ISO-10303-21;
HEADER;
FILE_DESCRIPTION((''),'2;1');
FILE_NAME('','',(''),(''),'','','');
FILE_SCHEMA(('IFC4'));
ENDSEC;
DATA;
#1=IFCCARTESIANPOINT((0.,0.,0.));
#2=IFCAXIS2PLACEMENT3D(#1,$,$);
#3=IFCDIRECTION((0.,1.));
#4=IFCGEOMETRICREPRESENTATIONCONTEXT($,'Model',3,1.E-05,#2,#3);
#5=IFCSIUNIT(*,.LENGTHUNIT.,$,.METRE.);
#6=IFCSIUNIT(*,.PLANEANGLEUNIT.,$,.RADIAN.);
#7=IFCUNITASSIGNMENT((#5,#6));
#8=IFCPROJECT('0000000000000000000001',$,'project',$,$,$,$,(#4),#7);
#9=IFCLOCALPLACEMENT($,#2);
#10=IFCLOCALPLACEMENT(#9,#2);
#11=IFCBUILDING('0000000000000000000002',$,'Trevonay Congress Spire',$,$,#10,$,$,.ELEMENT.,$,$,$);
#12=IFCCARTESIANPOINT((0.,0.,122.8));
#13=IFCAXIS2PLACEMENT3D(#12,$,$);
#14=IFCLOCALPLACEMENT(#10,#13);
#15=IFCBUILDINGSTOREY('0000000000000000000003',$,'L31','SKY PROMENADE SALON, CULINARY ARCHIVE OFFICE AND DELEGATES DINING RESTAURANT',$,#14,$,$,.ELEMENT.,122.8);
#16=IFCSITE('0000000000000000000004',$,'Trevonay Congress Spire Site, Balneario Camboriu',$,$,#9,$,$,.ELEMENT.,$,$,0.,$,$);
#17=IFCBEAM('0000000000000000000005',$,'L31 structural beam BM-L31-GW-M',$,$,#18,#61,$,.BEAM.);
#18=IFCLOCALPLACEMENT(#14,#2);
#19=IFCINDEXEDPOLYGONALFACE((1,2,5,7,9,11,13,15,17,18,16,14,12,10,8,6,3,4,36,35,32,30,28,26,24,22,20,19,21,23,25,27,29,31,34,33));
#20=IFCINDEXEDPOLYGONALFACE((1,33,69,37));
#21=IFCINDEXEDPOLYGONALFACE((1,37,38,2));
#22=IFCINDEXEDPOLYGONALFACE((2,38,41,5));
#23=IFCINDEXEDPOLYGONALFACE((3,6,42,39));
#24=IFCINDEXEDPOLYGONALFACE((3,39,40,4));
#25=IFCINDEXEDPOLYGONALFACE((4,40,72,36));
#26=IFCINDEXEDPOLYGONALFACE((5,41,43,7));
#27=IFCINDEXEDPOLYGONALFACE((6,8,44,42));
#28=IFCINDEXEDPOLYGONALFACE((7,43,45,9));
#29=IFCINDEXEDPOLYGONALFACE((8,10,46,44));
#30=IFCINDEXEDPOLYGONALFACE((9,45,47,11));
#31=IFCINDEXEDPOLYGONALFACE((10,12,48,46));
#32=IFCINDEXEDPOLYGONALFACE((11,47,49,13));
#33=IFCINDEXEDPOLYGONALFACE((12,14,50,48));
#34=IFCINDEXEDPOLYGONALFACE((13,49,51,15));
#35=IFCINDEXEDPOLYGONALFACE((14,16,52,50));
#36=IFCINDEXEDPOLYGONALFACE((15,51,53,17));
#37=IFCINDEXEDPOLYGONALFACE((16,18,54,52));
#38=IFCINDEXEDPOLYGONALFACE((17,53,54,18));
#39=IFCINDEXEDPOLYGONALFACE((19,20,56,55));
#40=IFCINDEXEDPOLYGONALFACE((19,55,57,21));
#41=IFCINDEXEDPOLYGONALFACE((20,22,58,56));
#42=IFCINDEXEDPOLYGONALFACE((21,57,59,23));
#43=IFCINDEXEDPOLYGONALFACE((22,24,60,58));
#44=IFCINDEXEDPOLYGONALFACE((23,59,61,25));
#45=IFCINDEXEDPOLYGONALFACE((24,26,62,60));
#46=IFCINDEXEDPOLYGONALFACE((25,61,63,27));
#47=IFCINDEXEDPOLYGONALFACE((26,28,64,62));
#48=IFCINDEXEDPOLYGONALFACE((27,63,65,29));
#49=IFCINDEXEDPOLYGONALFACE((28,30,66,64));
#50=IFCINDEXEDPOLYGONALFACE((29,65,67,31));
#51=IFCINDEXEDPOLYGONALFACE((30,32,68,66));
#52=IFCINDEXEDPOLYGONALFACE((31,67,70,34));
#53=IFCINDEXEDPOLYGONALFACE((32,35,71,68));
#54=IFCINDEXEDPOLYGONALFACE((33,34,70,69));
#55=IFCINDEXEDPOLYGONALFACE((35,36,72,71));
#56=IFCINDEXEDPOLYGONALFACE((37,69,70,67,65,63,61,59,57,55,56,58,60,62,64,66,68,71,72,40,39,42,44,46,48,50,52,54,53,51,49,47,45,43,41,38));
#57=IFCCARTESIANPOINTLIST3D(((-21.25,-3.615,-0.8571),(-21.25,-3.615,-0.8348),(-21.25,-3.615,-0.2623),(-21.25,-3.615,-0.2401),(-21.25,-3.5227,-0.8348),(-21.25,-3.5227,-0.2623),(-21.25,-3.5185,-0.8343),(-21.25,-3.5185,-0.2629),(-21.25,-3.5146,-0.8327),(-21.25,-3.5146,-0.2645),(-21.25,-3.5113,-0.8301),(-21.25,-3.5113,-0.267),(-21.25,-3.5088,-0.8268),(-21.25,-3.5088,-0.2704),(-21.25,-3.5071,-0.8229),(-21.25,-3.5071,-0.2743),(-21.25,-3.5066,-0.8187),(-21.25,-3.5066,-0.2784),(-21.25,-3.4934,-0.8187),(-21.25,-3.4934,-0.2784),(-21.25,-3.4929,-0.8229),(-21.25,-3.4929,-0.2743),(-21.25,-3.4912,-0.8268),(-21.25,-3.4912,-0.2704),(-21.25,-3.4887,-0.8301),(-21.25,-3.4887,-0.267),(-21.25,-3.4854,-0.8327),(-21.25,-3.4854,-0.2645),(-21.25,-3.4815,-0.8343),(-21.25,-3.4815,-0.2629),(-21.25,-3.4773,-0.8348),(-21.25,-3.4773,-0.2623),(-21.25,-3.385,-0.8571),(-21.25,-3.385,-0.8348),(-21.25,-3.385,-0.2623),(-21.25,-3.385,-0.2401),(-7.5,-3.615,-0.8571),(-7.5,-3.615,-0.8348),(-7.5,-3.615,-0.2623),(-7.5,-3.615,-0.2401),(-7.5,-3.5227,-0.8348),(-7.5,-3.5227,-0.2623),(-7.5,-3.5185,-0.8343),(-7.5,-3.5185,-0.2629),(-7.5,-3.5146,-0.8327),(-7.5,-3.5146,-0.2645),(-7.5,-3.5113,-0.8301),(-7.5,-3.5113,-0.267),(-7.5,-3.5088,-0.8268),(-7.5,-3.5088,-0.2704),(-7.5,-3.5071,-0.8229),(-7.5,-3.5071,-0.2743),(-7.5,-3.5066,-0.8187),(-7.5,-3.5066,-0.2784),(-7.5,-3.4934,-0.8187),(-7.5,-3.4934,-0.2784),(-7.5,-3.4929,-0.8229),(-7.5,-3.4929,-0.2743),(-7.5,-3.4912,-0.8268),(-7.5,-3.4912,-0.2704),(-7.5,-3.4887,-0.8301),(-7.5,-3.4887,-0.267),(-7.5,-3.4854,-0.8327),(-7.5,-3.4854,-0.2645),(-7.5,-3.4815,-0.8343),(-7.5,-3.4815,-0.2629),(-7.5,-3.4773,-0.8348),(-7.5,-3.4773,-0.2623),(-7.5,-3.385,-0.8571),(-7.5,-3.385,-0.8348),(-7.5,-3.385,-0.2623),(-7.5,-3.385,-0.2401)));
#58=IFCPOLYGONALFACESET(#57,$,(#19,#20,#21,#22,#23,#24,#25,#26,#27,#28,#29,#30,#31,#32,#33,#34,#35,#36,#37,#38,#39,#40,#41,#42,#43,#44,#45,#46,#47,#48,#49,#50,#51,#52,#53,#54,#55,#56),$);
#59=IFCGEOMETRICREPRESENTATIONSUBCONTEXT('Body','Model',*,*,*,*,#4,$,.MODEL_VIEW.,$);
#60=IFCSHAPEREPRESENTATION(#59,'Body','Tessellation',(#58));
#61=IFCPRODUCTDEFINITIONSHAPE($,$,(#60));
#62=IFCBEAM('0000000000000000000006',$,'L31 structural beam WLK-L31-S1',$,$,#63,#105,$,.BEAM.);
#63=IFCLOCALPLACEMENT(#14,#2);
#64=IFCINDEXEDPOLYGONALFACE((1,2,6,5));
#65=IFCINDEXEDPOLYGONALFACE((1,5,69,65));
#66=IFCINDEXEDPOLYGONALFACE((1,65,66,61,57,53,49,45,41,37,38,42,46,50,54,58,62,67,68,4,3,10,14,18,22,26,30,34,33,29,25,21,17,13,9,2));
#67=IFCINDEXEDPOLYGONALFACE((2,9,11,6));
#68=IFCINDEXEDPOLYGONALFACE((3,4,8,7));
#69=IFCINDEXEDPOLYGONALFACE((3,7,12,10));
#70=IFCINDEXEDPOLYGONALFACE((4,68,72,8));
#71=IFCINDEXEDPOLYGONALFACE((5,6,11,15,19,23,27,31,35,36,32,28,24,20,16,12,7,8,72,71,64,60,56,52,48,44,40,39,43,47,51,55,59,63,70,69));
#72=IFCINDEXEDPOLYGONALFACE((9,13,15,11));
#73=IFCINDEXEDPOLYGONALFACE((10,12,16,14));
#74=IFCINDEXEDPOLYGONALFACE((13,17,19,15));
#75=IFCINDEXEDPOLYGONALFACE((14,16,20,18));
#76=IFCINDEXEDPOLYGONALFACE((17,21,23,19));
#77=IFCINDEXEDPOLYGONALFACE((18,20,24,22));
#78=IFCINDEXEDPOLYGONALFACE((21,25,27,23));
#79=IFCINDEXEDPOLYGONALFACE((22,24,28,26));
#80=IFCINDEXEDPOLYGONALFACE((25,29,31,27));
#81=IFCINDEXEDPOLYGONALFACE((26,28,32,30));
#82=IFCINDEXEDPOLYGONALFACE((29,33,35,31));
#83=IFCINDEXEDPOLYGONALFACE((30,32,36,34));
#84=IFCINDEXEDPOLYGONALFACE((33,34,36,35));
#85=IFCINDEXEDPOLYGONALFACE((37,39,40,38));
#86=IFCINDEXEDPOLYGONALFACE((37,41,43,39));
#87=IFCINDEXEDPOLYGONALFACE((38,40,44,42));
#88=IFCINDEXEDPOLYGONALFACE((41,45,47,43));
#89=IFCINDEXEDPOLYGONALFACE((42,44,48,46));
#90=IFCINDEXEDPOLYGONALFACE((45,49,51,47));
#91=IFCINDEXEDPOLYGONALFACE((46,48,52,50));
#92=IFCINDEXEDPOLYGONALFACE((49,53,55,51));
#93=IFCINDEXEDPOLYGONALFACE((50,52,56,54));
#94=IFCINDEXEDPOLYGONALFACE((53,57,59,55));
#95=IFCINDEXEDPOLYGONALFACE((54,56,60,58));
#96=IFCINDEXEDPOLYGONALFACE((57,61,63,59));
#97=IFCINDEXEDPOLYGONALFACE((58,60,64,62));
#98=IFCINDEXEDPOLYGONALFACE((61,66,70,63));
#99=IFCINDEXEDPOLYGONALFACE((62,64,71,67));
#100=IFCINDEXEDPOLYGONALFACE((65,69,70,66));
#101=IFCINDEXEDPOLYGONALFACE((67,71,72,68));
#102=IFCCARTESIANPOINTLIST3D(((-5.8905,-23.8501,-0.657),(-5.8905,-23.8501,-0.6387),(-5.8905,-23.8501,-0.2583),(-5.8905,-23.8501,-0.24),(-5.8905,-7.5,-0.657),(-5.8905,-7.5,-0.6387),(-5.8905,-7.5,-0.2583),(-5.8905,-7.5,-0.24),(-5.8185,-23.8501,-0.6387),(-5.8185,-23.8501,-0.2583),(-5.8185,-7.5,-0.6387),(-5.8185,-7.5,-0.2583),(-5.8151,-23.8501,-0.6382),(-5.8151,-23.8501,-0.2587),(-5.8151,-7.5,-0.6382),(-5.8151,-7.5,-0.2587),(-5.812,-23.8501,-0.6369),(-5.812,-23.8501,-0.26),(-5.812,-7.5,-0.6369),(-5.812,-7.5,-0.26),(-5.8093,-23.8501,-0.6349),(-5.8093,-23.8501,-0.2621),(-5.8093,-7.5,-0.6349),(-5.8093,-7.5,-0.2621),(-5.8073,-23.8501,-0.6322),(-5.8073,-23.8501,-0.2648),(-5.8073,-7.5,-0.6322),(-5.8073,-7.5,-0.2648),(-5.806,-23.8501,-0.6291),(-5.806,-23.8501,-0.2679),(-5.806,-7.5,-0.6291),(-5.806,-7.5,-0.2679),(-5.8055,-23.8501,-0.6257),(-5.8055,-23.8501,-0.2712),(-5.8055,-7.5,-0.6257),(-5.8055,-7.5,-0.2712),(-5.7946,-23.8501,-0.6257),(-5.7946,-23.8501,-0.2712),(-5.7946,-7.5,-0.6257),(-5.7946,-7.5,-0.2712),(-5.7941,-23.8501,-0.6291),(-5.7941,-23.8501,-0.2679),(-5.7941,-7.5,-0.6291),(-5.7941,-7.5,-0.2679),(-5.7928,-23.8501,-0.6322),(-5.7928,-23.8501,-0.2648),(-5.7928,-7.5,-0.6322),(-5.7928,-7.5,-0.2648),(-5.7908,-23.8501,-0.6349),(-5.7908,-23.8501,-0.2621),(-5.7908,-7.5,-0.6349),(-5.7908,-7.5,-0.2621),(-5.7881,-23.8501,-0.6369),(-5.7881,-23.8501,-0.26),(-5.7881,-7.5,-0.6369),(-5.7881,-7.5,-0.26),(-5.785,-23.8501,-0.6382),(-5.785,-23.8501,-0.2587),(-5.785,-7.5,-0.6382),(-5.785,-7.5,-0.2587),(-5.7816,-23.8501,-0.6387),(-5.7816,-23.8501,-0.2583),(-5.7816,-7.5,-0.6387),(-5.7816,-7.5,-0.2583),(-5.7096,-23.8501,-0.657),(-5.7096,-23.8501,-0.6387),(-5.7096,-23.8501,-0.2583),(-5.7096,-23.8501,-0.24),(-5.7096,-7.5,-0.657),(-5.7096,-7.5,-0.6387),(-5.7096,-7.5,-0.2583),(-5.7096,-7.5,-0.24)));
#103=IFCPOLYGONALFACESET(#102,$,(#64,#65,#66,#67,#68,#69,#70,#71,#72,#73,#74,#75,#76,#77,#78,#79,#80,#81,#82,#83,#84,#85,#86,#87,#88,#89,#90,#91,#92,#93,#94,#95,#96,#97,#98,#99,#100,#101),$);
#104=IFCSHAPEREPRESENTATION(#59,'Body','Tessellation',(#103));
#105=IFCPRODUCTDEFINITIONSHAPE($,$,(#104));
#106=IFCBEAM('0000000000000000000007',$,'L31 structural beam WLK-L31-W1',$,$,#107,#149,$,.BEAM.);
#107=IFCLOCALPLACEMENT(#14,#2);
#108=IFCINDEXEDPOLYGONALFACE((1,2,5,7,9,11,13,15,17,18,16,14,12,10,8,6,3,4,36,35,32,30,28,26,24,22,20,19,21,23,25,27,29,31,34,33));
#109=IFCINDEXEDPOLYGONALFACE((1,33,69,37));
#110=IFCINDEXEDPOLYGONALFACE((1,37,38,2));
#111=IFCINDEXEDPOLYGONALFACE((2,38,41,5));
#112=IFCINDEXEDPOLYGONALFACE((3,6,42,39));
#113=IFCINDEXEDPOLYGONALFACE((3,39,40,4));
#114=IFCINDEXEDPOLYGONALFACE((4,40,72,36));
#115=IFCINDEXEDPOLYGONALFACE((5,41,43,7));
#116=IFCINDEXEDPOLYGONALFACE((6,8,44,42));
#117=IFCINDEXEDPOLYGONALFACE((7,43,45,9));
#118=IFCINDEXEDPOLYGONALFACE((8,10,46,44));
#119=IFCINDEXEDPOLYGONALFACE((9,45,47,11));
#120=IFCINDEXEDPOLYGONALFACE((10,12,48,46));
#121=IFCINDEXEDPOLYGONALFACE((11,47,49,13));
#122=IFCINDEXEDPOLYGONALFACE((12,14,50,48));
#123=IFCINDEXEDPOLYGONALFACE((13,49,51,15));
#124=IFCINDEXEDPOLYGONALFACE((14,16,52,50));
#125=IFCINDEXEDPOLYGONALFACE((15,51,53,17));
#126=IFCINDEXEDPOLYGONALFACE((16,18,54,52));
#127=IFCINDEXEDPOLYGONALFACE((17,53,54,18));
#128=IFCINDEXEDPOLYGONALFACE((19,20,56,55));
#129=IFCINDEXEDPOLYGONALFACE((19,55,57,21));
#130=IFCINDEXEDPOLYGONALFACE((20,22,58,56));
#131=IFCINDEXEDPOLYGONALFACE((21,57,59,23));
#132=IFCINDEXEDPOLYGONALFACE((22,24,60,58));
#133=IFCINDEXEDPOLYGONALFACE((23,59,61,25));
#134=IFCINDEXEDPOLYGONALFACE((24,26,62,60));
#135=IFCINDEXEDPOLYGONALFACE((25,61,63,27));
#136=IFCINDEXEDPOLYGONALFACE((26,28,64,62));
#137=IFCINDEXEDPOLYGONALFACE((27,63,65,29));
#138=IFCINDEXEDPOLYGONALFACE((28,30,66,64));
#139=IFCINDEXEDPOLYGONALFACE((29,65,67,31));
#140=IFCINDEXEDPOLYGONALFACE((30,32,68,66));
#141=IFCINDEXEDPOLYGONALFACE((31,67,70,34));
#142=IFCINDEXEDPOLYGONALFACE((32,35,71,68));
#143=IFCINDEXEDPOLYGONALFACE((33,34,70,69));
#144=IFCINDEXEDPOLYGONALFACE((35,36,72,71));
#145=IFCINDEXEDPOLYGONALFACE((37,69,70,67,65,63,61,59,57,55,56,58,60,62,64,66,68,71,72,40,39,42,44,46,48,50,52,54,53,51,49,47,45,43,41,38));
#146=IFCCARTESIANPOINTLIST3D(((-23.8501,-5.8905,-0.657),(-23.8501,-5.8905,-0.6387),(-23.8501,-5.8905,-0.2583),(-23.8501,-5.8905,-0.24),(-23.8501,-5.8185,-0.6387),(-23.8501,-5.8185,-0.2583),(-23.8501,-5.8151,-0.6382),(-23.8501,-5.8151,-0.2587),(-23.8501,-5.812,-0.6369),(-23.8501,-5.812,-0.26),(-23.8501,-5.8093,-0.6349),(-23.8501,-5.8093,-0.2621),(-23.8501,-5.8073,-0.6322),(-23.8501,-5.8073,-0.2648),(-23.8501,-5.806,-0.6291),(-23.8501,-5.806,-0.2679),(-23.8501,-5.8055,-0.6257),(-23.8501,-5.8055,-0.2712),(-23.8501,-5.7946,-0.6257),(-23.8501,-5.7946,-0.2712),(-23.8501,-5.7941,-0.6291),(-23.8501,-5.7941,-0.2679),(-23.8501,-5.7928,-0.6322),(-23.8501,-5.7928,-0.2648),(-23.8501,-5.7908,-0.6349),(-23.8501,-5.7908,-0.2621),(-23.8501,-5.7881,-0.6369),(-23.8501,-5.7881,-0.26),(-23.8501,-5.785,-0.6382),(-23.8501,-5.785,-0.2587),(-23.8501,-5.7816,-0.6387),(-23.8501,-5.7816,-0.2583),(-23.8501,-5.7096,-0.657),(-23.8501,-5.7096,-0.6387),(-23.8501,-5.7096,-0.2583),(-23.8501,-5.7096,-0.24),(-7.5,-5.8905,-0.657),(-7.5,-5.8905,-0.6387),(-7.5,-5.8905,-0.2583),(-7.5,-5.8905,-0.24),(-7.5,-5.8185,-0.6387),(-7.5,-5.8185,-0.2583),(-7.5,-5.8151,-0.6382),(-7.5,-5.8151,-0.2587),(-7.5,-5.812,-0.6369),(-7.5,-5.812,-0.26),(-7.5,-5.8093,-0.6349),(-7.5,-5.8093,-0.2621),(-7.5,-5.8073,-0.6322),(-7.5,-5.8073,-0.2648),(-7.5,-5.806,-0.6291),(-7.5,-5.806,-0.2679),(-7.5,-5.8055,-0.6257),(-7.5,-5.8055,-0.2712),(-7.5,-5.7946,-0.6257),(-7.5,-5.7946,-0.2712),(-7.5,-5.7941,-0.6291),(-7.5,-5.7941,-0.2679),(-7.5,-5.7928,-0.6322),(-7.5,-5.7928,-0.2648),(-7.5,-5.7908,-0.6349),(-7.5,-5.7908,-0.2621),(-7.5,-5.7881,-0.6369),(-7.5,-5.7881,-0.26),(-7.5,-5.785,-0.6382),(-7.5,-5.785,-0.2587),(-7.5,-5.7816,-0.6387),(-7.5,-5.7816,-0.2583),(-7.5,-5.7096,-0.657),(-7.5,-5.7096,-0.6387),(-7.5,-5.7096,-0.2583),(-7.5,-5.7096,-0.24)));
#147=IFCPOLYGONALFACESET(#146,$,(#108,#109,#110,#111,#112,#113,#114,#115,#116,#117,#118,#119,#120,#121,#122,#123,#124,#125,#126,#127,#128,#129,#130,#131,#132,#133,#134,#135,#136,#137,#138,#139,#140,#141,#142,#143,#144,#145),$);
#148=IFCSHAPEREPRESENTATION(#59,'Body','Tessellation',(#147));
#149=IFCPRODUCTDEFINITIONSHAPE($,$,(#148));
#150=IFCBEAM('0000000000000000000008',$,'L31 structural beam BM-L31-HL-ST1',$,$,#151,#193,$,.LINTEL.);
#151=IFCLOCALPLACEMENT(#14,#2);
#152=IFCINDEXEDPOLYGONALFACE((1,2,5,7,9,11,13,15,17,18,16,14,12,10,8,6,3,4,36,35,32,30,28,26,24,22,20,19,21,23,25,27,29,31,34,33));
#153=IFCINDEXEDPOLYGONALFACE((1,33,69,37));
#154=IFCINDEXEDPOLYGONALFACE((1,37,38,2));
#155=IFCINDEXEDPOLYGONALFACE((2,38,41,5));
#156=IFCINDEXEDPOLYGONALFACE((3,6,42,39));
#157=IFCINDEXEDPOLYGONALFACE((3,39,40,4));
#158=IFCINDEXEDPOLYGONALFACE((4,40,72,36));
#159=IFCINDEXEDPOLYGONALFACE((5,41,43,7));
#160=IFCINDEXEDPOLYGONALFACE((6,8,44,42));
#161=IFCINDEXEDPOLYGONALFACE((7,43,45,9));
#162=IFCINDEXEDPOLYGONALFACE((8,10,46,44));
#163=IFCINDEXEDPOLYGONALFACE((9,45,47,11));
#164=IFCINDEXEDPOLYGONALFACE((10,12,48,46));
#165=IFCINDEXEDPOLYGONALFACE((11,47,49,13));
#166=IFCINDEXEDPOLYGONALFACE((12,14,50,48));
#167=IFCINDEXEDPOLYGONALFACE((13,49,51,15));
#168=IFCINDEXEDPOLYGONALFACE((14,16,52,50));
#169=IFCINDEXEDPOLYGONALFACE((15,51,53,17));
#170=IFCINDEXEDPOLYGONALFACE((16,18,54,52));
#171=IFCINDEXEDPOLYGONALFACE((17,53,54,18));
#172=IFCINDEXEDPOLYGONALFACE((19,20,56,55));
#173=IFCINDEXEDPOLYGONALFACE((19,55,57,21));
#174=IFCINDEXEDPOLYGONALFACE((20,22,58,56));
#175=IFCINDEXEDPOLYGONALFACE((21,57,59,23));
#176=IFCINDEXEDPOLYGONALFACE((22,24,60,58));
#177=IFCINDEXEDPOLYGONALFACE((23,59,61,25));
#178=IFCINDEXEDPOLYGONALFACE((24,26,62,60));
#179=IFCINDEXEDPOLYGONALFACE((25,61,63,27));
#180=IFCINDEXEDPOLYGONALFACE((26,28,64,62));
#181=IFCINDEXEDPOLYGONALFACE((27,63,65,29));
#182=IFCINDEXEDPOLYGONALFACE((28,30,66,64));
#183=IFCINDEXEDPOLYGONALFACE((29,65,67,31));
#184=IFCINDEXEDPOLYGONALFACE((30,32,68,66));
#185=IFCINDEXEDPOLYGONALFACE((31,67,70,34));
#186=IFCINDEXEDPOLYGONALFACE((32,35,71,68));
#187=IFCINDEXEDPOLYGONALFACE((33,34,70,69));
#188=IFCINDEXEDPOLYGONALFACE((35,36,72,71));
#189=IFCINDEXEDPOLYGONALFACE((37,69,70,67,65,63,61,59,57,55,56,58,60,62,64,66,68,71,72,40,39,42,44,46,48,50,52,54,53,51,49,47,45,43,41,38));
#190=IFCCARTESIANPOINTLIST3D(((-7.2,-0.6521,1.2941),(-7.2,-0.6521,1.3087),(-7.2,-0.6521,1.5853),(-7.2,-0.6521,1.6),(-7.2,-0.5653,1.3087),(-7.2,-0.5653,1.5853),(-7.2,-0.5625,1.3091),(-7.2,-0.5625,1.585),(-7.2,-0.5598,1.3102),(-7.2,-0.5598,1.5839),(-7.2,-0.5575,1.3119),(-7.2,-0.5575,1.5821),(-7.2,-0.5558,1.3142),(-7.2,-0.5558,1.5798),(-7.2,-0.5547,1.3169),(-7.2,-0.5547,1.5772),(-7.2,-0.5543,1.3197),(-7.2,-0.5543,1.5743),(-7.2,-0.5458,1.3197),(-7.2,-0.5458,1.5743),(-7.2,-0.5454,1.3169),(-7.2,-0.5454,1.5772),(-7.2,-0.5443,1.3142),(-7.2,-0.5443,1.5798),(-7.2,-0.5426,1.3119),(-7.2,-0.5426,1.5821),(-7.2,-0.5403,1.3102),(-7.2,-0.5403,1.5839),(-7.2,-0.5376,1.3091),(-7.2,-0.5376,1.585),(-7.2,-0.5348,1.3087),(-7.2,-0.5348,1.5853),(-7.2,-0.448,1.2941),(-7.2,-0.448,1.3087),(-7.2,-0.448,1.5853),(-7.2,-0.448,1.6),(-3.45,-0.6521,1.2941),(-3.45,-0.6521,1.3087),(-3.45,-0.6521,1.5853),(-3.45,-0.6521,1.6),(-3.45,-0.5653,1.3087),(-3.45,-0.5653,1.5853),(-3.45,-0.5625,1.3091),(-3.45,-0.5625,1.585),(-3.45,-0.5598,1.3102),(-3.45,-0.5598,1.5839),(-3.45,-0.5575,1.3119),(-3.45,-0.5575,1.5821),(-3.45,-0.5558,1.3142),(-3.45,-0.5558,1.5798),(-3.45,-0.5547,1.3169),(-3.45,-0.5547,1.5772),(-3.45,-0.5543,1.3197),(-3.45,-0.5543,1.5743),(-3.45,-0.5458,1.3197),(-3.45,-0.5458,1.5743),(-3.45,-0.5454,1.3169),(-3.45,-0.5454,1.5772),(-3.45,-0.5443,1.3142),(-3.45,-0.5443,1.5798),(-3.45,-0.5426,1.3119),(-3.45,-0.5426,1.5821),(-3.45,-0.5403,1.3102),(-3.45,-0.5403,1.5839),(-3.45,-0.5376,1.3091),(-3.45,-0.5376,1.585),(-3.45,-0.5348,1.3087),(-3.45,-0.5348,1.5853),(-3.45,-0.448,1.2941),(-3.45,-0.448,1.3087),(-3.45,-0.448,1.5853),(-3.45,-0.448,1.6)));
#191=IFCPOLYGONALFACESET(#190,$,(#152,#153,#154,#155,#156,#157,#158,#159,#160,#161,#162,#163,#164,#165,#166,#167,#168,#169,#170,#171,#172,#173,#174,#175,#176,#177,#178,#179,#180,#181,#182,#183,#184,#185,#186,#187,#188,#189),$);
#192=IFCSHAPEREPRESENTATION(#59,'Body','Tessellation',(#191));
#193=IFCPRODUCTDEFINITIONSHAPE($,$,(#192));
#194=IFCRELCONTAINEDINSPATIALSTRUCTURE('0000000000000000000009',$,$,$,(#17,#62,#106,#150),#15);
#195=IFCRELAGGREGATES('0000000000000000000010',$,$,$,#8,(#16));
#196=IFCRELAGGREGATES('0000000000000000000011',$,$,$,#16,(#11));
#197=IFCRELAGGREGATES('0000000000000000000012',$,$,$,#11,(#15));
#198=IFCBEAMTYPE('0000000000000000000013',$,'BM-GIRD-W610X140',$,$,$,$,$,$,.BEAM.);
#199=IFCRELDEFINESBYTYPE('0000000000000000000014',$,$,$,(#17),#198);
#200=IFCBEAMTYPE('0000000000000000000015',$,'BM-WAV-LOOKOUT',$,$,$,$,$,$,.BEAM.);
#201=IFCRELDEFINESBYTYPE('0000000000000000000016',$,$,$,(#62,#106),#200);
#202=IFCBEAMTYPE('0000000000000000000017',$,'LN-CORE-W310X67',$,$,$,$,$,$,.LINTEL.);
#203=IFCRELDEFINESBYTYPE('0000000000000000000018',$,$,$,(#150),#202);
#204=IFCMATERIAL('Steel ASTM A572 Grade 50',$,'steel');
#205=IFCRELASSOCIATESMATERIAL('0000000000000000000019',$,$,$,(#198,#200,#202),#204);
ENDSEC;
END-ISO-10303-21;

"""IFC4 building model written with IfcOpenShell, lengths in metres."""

from ifc_helpers import new_model, si_unit, direction, frame, origin, origin_2d, place, context, subcontext, project, spatial, i_section, extrude, material, material_profile, profile_set, type_object, element, save


model = new_model("IFC4")

# Units and contexts
model_context = context("Model", 3, precision=1e-05, world=origin(), true_north=direction((0.0, 1.0)))
body_context = subcontext(model_context, "Body", "Model", "MODEL_VIEW")
ifc_project = project(units=[si_unit("LENGTHUNIT", "METRE"), si_unit("PLANEANGLEUNIT", "RADIAN")], contexts=[model_context])

# Site, building, storey
site_placement = place(None, origin())
site = spatial("IfcSite", under=ifc_project, at=site_placement, Name="Trevonay Congress Spire Site, Balneario Camboriu", CompositionType="ELEMENT", RefElevation=0.0)
building_placement = place(site_placement, origin())
building = spatial("IfcBuilding", under=site, at=building_placement, Name="Trevonay Congress Spire", CompositionType="ELEMENT")
storey_placement = place(building_placement, frame((0.0, 0.0, 122.8)))
storey = spatial("IfcBuildingStorey", under=building, at=storey_placement, Name="L31", Description="SKY PROMENADE SALON, CULINARY ARCHIVE OFFICE AND DELEGATES DINING RESTAURANT", CompositionType="ELEMENT", Elevation=122.8)

# Shared definitions
ifc_material_1 = material(Name="Steel ASTM A572 Grade 50", Category="steel")

# Beams
ifc_material_profile_1 = material_profile(ifc_material_1, i_section(OverallWidth=0.23, OverallDepth=0.6169, WebThickness=0.0132, FlangeThickness=0.0222, FilletRadius=0.0161, at=origin_2d()), Name="W610x140")
ifc_profile_set_1 = profile_set([ifc_material_profile_1], Name="Steel ASTM A572 Grade 50")
beam_type_1 = type_object("IfcBeamType", Name="BM-GIRD-W610X140", PredefinedType="BEAM", material=ifc_profile_set_1)
for number, where, z_axis, x_axis, name in (
    (1, (-7.5, -3.5, -0.5486), (-1.0, 0.0, 0.0), (0.0, -1.0, 0.0), "L31 structural beam BM-L31-GW-M"),
):
    element("IfcBeam", number, at=place(storey_placement, frame(where, z_axis=z_axis, x_axis=x_axis)), inside=storey, type_object=beam_type_1, Name=name, PredefinedType="BEAM", context=body_context, shape_type="SweptSolid", body=[
        extrude(i_section(OverallWidth=0.23, OverallDepth=0.6169, WebThickness=0.0132, FlangeThickness=0.0222, FilletRadius=0.0161, at=origin_2d()), origin(), (0.0, 0.0, 1.0), 13.75),
    ])
ifc_material_profile_2 = material_profile(ifc_material_1, i_section(OverallWidth=0.1809, OverallDepth=0.417, WebThickness=0.011, FlangeThickness=0.0183, FilletRadius=0.0129, at=origin_2d()), Name="W410x85")
ifc_profile_set_2 = profile_set([ifc_material_profile_2], Name="Steel ASTM A572 Grade 50")
beam_type_2 = type_object("IfcBeamType", Name="BM-WAV-LOOKOUT", PredefinedType="BEAM", material=ifc_profile_set_2)
for number, where, z_axis, x_axis, name in (
    (2, (-5.8, -7.5, -0.4485), (0.0, -1.0, 0.0), (1.0, 0.0, 0.0), "L31 structural beam WLK-L31-S1"),
    (3, (-7.5, -5.8, -0.4485), (-1.0, 0.0, 0.0), (0.0, -1.0, 0.0), "L31 structural beam WLK-L31-W1"),
):
    element("IfcBeam", number, at=place(storey_placement, frame(where, z_axis=z_axis, x_axis=x_axis)), inside=storey, type_object=beam_type_2, Name=name, PredefinedType="BEAM", context=body_context, shape_type="SweptSolid", body=[
        extrude(i_section(OverallWidth=0.1809, OverallDepth=0.417, WebThickness=0.011, FlangeThickness=0.0183, FilletRadius=0.0129, at=origin_2d()), origin(), (0.0, 0.0, 1.0), 16.3501),
    ])
ifc_material_profile_3 = material_profile(ifc_material_1, i_section(OverallWidth=0.2041, OverallDepth=0.3059, WebThickness=0.0085, FlangeThickness=0.0146, FilletRadius=0.011, at=origin_2d()), Name="W310x67")
ifc_profile_set_3 = profile_set([ifc_material_profile_3], Name="Steel ASTM A572 Grade 50")
beam_type_3 = type_object("IfcBeamType", Name="LN-CORE-W310X67", PredefinedType="LINTEL", material=ifc_profile_set_3)
beam_1_placement = place(storey_placement, frame((-7.2, -0.55, 1.447), z_axis=(1.0, 0.0, 0.0), x_axis=(0.0, 1.0, 0.0)))
element("IfcBeam", 4, at=beam_1_placement, inside=storey, type_object=beam_type_3, Name="L31 structural beam BM-L31-HL-ST1", PredefinedType="LINTEL", context=body_context, shape_type="SweptSolid", body=[
    extrude(i_section(OverallWidth=0.2041, OverallDepth=0.3059, WebThickness=0.0085, FlangeThickness=0.0146, FilletRadius=0.011, at=origin_2d()), origin(), (0.0, 0.0, 1.0), 3.75),
])

save(model, "model.ifc")
